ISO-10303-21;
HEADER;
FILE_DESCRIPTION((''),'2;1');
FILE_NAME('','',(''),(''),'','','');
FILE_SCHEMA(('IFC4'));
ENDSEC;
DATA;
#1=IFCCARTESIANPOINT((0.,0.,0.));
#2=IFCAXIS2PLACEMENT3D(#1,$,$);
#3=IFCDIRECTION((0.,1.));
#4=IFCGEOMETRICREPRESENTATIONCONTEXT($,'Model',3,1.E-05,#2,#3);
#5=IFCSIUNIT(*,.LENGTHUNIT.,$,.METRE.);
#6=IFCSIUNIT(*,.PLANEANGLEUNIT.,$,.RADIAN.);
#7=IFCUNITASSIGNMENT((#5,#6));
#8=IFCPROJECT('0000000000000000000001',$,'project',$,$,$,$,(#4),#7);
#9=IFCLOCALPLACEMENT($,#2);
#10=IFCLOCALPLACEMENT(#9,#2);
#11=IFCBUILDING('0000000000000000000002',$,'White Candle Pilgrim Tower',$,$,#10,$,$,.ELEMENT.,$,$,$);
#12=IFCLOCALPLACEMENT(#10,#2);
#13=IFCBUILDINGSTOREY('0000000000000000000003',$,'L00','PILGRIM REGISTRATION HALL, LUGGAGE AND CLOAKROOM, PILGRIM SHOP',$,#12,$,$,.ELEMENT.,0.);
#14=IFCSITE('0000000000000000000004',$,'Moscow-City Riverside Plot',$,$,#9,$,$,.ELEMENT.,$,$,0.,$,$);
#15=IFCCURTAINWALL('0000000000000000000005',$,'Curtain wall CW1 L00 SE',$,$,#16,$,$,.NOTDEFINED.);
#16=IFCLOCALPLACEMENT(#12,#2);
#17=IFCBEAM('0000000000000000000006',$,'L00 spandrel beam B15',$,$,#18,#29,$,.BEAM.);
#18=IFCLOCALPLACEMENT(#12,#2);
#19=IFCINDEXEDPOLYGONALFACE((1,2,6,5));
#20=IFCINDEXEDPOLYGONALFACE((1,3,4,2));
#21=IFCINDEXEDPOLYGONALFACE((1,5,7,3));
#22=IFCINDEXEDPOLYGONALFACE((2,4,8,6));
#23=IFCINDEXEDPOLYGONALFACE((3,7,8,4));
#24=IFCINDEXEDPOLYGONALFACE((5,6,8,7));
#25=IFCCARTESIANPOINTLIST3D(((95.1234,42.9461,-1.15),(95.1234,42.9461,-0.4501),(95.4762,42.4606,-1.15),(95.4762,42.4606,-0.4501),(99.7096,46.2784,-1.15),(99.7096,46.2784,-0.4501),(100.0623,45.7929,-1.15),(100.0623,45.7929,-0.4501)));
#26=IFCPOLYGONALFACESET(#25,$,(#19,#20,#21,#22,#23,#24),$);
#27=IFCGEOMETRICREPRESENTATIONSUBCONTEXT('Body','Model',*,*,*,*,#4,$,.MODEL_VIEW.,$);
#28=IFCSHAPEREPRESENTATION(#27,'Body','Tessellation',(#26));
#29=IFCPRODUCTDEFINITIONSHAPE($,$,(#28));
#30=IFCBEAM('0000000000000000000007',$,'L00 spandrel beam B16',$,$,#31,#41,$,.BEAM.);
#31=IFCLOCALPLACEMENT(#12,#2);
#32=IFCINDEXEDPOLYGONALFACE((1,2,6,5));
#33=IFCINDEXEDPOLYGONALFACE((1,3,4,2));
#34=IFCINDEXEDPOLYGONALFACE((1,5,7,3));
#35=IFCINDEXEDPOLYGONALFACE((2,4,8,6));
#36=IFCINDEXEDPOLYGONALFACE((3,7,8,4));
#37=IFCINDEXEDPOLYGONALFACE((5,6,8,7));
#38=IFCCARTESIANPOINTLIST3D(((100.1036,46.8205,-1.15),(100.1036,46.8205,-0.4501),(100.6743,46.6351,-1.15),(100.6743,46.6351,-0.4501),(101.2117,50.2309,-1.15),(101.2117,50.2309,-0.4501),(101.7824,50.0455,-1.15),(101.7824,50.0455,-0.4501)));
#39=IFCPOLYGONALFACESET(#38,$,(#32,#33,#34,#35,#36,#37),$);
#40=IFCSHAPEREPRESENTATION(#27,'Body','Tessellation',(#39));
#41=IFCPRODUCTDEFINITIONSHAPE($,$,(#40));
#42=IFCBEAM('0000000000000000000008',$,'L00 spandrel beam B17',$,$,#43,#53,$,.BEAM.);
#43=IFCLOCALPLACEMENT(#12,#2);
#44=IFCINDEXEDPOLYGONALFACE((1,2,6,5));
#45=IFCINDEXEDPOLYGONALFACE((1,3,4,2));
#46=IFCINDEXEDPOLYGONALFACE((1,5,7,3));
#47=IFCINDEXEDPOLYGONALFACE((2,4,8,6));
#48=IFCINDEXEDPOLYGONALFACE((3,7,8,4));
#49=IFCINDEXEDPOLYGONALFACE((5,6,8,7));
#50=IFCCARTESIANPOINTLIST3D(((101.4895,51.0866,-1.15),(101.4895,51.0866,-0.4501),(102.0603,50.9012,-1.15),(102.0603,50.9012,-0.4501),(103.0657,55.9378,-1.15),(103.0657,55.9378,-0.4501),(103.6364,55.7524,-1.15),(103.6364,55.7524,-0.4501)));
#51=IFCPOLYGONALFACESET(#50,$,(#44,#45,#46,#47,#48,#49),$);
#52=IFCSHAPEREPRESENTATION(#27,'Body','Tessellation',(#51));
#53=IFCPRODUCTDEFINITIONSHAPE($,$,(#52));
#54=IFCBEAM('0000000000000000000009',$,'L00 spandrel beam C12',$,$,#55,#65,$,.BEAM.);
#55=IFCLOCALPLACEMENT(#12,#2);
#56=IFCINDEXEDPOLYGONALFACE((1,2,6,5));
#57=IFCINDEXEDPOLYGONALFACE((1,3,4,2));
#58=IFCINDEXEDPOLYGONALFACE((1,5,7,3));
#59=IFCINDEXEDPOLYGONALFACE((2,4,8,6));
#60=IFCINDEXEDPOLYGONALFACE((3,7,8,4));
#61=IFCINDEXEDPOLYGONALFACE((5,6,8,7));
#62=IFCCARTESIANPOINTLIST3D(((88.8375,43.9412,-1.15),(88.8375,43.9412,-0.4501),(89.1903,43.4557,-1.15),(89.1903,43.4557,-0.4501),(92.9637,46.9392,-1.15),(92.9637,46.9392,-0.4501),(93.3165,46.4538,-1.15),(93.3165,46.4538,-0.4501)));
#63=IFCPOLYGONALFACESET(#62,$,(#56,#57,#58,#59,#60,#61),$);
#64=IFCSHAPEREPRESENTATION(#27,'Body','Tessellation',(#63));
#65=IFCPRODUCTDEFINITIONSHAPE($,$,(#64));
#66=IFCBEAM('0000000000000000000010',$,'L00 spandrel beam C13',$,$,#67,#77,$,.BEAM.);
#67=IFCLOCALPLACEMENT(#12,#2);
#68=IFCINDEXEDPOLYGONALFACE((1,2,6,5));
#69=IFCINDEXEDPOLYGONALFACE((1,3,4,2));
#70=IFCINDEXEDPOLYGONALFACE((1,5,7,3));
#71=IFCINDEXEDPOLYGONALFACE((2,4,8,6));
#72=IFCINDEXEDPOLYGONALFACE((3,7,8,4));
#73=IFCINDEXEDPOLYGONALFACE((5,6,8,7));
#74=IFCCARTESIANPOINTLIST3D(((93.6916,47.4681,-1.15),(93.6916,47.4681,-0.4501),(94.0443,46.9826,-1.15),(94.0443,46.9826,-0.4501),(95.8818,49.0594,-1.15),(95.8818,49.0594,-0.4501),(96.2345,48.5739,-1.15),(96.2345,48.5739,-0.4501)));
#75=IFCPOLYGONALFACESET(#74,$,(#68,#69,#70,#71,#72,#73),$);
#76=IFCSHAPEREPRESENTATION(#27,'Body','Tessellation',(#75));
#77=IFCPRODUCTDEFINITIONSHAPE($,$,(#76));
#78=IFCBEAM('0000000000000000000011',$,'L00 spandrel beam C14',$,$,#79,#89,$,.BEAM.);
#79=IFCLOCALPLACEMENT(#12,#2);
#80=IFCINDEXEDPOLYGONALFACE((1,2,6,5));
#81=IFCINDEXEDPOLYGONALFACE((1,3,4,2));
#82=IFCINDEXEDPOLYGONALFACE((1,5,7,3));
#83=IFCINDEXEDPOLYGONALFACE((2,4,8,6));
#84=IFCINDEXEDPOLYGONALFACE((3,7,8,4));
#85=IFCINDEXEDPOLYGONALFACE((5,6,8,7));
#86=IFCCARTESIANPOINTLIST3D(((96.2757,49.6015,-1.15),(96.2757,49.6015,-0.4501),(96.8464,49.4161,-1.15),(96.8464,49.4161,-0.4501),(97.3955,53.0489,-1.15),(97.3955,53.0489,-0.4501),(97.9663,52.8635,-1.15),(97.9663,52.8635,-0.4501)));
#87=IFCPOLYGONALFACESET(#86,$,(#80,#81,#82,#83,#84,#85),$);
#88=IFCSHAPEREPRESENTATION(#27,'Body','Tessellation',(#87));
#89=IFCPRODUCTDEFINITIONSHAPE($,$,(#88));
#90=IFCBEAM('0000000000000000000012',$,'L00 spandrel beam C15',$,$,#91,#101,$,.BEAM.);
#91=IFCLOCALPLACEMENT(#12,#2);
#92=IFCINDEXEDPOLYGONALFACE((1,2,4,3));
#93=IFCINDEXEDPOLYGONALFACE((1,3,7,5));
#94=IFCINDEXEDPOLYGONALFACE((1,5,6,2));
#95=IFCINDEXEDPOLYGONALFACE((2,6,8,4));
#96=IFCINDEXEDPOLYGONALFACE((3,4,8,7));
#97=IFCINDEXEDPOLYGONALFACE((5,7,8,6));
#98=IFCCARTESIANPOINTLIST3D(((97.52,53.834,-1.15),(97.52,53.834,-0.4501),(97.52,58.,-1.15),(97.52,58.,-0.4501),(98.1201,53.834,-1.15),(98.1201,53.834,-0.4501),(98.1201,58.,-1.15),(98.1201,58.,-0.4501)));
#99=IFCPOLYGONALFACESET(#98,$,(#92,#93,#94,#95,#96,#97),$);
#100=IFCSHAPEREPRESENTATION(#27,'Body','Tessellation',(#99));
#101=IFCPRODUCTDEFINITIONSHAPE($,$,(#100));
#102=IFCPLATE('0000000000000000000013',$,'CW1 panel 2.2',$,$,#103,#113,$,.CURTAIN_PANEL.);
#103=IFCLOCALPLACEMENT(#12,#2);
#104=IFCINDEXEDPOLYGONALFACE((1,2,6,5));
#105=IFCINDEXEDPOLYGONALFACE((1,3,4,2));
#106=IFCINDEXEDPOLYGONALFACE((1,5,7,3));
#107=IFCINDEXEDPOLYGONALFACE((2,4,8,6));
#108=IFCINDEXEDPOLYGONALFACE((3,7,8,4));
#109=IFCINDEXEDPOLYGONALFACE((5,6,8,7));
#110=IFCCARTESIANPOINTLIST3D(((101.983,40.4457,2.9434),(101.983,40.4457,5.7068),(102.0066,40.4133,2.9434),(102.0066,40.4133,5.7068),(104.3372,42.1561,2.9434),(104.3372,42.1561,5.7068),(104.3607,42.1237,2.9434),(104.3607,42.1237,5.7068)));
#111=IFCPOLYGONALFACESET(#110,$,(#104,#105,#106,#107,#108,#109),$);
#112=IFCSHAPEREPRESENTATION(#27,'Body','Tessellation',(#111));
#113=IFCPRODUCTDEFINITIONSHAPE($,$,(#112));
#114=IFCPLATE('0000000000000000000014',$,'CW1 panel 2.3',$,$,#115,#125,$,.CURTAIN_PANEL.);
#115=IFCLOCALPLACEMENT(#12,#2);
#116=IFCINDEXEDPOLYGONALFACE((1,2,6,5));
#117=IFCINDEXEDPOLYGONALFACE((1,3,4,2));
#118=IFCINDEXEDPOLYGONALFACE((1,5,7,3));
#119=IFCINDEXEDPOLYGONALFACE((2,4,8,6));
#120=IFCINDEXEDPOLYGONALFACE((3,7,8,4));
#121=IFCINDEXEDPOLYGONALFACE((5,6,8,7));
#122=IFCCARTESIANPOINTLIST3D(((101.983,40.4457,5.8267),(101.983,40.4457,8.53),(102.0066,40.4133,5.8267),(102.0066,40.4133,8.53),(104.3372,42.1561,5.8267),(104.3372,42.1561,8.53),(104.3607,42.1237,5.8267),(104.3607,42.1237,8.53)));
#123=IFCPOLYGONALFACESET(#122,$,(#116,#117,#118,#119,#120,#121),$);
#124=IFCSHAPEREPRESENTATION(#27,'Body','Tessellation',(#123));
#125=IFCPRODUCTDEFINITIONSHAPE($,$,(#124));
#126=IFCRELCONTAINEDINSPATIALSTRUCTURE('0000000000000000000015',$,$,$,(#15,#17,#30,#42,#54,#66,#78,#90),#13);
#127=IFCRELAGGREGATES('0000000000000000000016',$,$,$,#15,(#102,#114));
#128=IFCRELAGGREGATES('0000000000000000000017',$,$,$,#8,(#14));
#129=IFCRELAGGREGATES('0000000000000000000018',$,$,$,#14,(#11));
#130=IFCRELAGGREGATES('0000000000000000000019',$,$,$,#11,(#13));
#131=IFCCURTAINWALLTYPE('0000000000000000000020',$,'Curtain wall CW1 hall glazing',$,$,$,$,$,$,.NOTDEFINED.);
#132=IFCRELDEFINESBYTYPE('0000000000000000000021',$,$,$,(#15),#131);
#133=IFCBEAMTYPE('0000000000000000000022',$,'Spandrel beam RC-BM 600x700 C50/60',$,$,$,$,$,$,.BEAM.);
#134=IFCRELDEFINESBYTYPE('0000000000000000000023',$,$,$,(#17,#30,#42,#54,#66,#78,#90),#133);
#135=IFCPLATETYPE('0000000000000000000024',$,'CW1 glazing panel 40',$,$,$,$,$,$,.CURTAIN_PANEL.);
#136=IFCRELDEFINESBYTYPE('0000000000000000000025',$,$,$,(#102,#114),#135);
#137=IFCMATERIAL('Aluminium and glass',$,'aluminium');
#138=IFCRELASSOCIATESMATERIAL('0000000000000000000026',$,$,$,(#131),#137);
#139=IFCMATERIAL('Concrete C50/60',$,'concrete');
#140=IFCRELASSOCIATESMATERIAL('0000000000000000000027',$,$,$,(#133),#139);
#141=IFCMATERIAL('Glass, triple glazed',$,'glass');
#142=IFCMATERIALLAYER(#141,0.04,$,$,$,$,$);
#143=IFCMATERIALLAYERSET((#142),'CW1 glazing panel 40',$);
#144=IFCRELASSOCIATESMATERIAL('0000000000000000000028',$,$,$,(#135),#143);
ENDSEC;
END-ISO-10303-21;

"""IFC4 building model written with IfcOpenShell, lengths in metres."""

from ifc_helpers import new_model, si_unit, direction, frame, origin, origin_2d, place, context, subcontext, project, spatial, rectangle, extrude, material, layer, layer_set, material_profile, profile_set, type_object, element, aggregate, save


model = new_model("IFC4")

# Units and contexts
model_context = context("Model", 3, precision=1e-05, world=origin(), true_north=direction((0.0, 1.0)))
body_context = subcontext(model_context, "Body", "Model", "MODEL_VIEW")
ifc_project = project(units=[si_unit("LENGTHUNIT", "METRE"), si_unit("PLANEANGLEUNIT", "RADIAN")], contexts=[model_context])

# Site, building, storey
site_placement = place(None, origin())
site = spatial("IfcSite", under=ifc_project, at=site_placement, Name="Moscow-City Riverside Plot", CompositionType="ELEMENT", RefElevation=0.0)
building_placement = place(site_placement, origin())
building = spatial("IfcBuilding", under=site, at=building_placement, Name="White Candle Pilgrim Tower", CompositionType="ELEMENT")
storey_placement = place(building_placement, origin())
storey = spatial("IfcBuildingStorey", under=building, at=storey_placement, Name="L00", Description="PILGRIM REGISTRATION HALL, LUGGAGE AND CLOAKROOM, PILGRIM SHOP", CompositionType="ELEMENT", Elevation=0.0)

# Curtain wall
ifc_material_1 = material(Name="Aluminium and glass", Category="aluminium")
curtain_wall_type = type_object("IfcCurtainWallType", Name="Curtain wall CW1 hall glazing", PredefinedType="NOTDEFINED", material=ifc_material_1)
curtain_wall_placement = place(storey_placement, origin())
curtain_wall = element("IfcCurtainWall", 1, at=curtain_wall_placement, inside=storey, type_object=curtain_wall_type, Name="Curtain wall CW1 L00 SE", PredefinedType="NOTDEFINED")

# Beams
ifc_material_2 = material(Name="Concrete C50/60", Category="concrete")
ifc_material_profile_1 = material_profile(ifc_material_2, rectangle(XDim=0.6001, YDim=0.7, at=origin_2d()), Name="RC-BM 600x700")
ifc_profile_set_1 = profile_set([ifc_material_profile_1], Name="Concrete C50/60")
beam_type = type_object("IfcBeamType", Name="Spandrel beam RC-BM 600x700 C50/60", PredefinedType="BEAM", material=ifc_profile_set_1)
beam_1_placement = place(storey_placement, frame((95.2998, 42.7034, -0.8), z_axis=(0.808999, 0.587811, 0.0), x_axis=(-0.587811, 0.808999, 0.0)))
element("IfcBeam", 2, at=beam_1_placement, inside=storey, type_object=beam_type, Name="L00 spandrel beam B15", PredefinedType="BEAM", context=body_context, shape_type="SweptSolid", body=[
    extrude(rectangle(XDim=0.6001, YDim=0.7, at=origin_2d()), origin(), (0.0, 0.0, 1.0), 5.6689),
])
beam_2_placement = place(storey_placement, frame((100.3889, 46.7278, -0.8), z_axis=(0.309029, 0.951053, 0.0), x_axis=(-0.951053, 0.309029, 0.0)))
element("IfcBeam", 3, at=beam_2_placement, inside=storey, type_object=beam_type, Name="L00 spandrel beam B16", PredefinedType="BEAM", context=body_context, shape_type="SweptSolid", body=[
    extrude(rectangle(XDim=0.6001, YDim=0.7, at=origin_2d()), origin(), (0.0, 0.0, 1.0), 3.5859),
])
beam_3_placement = place(storey_placement, frame((101.7749, 50.9939, -0.8), z_axis=(0.308996, 0.951063, 0.0), x_axis=(-0.951063, 0.308996, 0.0)))
element("IfcBeam", 4, at=beam_3_placement, inside=storey, type_object=beam_type, Name="L00 spandrel beam B17", PredefinedType="BEAM", context=body_context, shape_type="SweptSolid", body=[
    extrude(rectangle(XDim=0.6001, YDim=0.7, at=origin_2d()), origin(), (0.0, 0.0, 1.0), 5.1008),
])
beam_4_placement = place(storey_placement, frame((89.0139, 43.6985, -0.8), z_axis=(0.809001, 0.587807, 0.0), x_axis=(-0.587807, 0.809001, 0.0)))
element("IfcBeam", 5, at=beam_4_placement, inside=storey, type_object=beam_type, Name="L00 spandrel beam C12", PredefinedType="BEAM", context=body_context, shape_type="SweptSolid", body=[
    extrude(rectangle(XDim=0.6001, YDim=0.7, at=origin_2d()), origin(), (0.0, 0.0, 1.0), 5.1003),
])
beam_5_placement = place(storey_placement, frame((93.8679, 47.2253, -0.8), z_axis=(0.809009, 0.587796, 0.0), x_axis=(-0.587796, 0.809009, 0.0)))
element("IfcBeam", 6, at=beam_5_placement, inside=storey, type_object=beam_type, Name="L00 spandrel beam C13", PredefinedType="BEAM", context=body_context, shape_type="SweptSolid", body=[
    extrude(rectangle(XDim=0.6001, YDim=0.7, at=origin_2d()), origin(), (0.0, 0.0, 1.0), 2.7073),
])
beam_6_placement = place(storey_placement, frame((96.561, 49.5088, -0.8), z_axis=(0.308944, 0.95108, 0.0), x_axis=(-0.95108, 0.308944, 0.0)))
element("IfcBeam", 7, at=beam_6_placement, inside=storey, type_object=beam_type, Name="L00 spandrel beam C14", PredefinedType="BEAM", context=body_context, shape_type="SweptSolid", body=[
    extrude(rectangle(XDim=0.6001, YDim=0.7, at=origin_2d()), origin(), (0.0, 0.0, 1.0), 3.6248),
])
beam_7_placement = place(storey_placement, frame((97.8201, 53.834, -0.8), z_axis=(0.0, 1.0, 0.0), x_axis=(-1.0, 0.0, 0.0)))
element("IfcBeam", 8, at=beam_7_placement, inside=storey, type_object=beam_type, Name="L00 spandrel beam C15", PredefinedType="BEAM", context=body_context, shape_type="SweptSolid", body=[
    extrude(rectangle(XDim=0.6001, YDim=0.7, at=origin_2d()), origin(), (0.0, 0.0, 1.0), 4.166),
])

# Plates
ifc_material_3 = material(Name="Glass, triple glazed", Category="glass")
ifc_layer_1 = layer(ifc_material_3, 0.04)
ifc_layer_set_1 = layer_set([ifc_layer_1], Name="CW1 glazing panel 40")
plate_type = type_object("IfcPlateType", Name="CW1 glazing panel 40", PredefinedType="CURTAIN_PANEL", material=ifc_layer_set_1)
plate_1_placement = place(storey_placement, frame((103.1719, 41.2847, 2.9434), z_axis=(0.0, 0.0, 1.0), x_axis=(0.809017, 0.587785, 0.0)))
plate_1 = element("IfcPlate", 9, at=plate_1_placement, type_object=plate_type, Name="CW1 panel 2.2", PredefinedType="CURTAIN_PANEL", context=body_context, shape_type="SweptSolid", body=[
    extrude(rectangle(XDim=2.9099, YDim=0.04, at=origin_2d()), origin(), (0.0, 0.0, 1.0), 2.7634),
])
plate_2_placement = place(storey_placement, frame((103.1719, 41.2847, 5.8267), z_axis=(0.0, 0.0, 1.0), x_axis=(0.809017, 0.587785, 0.0)))
plate_2 = element("IfcPlate", 10, at=plate_2_placement, type_object=plate_type, Name="CW1 panel 2.3", PredefinedType="CURTAIN_PANEL", context=body_context, shape_type="SweptSolid", body=[
    extrude(rectangle(XDim=2.9099, YDim=0.04, at=origin_2d()), origin(), (0.0, 0.0, 1.0), 2.7034),
])
aggregate(curtain_wall, [plate_1, plate_2])

save(model, "model.ifc")
